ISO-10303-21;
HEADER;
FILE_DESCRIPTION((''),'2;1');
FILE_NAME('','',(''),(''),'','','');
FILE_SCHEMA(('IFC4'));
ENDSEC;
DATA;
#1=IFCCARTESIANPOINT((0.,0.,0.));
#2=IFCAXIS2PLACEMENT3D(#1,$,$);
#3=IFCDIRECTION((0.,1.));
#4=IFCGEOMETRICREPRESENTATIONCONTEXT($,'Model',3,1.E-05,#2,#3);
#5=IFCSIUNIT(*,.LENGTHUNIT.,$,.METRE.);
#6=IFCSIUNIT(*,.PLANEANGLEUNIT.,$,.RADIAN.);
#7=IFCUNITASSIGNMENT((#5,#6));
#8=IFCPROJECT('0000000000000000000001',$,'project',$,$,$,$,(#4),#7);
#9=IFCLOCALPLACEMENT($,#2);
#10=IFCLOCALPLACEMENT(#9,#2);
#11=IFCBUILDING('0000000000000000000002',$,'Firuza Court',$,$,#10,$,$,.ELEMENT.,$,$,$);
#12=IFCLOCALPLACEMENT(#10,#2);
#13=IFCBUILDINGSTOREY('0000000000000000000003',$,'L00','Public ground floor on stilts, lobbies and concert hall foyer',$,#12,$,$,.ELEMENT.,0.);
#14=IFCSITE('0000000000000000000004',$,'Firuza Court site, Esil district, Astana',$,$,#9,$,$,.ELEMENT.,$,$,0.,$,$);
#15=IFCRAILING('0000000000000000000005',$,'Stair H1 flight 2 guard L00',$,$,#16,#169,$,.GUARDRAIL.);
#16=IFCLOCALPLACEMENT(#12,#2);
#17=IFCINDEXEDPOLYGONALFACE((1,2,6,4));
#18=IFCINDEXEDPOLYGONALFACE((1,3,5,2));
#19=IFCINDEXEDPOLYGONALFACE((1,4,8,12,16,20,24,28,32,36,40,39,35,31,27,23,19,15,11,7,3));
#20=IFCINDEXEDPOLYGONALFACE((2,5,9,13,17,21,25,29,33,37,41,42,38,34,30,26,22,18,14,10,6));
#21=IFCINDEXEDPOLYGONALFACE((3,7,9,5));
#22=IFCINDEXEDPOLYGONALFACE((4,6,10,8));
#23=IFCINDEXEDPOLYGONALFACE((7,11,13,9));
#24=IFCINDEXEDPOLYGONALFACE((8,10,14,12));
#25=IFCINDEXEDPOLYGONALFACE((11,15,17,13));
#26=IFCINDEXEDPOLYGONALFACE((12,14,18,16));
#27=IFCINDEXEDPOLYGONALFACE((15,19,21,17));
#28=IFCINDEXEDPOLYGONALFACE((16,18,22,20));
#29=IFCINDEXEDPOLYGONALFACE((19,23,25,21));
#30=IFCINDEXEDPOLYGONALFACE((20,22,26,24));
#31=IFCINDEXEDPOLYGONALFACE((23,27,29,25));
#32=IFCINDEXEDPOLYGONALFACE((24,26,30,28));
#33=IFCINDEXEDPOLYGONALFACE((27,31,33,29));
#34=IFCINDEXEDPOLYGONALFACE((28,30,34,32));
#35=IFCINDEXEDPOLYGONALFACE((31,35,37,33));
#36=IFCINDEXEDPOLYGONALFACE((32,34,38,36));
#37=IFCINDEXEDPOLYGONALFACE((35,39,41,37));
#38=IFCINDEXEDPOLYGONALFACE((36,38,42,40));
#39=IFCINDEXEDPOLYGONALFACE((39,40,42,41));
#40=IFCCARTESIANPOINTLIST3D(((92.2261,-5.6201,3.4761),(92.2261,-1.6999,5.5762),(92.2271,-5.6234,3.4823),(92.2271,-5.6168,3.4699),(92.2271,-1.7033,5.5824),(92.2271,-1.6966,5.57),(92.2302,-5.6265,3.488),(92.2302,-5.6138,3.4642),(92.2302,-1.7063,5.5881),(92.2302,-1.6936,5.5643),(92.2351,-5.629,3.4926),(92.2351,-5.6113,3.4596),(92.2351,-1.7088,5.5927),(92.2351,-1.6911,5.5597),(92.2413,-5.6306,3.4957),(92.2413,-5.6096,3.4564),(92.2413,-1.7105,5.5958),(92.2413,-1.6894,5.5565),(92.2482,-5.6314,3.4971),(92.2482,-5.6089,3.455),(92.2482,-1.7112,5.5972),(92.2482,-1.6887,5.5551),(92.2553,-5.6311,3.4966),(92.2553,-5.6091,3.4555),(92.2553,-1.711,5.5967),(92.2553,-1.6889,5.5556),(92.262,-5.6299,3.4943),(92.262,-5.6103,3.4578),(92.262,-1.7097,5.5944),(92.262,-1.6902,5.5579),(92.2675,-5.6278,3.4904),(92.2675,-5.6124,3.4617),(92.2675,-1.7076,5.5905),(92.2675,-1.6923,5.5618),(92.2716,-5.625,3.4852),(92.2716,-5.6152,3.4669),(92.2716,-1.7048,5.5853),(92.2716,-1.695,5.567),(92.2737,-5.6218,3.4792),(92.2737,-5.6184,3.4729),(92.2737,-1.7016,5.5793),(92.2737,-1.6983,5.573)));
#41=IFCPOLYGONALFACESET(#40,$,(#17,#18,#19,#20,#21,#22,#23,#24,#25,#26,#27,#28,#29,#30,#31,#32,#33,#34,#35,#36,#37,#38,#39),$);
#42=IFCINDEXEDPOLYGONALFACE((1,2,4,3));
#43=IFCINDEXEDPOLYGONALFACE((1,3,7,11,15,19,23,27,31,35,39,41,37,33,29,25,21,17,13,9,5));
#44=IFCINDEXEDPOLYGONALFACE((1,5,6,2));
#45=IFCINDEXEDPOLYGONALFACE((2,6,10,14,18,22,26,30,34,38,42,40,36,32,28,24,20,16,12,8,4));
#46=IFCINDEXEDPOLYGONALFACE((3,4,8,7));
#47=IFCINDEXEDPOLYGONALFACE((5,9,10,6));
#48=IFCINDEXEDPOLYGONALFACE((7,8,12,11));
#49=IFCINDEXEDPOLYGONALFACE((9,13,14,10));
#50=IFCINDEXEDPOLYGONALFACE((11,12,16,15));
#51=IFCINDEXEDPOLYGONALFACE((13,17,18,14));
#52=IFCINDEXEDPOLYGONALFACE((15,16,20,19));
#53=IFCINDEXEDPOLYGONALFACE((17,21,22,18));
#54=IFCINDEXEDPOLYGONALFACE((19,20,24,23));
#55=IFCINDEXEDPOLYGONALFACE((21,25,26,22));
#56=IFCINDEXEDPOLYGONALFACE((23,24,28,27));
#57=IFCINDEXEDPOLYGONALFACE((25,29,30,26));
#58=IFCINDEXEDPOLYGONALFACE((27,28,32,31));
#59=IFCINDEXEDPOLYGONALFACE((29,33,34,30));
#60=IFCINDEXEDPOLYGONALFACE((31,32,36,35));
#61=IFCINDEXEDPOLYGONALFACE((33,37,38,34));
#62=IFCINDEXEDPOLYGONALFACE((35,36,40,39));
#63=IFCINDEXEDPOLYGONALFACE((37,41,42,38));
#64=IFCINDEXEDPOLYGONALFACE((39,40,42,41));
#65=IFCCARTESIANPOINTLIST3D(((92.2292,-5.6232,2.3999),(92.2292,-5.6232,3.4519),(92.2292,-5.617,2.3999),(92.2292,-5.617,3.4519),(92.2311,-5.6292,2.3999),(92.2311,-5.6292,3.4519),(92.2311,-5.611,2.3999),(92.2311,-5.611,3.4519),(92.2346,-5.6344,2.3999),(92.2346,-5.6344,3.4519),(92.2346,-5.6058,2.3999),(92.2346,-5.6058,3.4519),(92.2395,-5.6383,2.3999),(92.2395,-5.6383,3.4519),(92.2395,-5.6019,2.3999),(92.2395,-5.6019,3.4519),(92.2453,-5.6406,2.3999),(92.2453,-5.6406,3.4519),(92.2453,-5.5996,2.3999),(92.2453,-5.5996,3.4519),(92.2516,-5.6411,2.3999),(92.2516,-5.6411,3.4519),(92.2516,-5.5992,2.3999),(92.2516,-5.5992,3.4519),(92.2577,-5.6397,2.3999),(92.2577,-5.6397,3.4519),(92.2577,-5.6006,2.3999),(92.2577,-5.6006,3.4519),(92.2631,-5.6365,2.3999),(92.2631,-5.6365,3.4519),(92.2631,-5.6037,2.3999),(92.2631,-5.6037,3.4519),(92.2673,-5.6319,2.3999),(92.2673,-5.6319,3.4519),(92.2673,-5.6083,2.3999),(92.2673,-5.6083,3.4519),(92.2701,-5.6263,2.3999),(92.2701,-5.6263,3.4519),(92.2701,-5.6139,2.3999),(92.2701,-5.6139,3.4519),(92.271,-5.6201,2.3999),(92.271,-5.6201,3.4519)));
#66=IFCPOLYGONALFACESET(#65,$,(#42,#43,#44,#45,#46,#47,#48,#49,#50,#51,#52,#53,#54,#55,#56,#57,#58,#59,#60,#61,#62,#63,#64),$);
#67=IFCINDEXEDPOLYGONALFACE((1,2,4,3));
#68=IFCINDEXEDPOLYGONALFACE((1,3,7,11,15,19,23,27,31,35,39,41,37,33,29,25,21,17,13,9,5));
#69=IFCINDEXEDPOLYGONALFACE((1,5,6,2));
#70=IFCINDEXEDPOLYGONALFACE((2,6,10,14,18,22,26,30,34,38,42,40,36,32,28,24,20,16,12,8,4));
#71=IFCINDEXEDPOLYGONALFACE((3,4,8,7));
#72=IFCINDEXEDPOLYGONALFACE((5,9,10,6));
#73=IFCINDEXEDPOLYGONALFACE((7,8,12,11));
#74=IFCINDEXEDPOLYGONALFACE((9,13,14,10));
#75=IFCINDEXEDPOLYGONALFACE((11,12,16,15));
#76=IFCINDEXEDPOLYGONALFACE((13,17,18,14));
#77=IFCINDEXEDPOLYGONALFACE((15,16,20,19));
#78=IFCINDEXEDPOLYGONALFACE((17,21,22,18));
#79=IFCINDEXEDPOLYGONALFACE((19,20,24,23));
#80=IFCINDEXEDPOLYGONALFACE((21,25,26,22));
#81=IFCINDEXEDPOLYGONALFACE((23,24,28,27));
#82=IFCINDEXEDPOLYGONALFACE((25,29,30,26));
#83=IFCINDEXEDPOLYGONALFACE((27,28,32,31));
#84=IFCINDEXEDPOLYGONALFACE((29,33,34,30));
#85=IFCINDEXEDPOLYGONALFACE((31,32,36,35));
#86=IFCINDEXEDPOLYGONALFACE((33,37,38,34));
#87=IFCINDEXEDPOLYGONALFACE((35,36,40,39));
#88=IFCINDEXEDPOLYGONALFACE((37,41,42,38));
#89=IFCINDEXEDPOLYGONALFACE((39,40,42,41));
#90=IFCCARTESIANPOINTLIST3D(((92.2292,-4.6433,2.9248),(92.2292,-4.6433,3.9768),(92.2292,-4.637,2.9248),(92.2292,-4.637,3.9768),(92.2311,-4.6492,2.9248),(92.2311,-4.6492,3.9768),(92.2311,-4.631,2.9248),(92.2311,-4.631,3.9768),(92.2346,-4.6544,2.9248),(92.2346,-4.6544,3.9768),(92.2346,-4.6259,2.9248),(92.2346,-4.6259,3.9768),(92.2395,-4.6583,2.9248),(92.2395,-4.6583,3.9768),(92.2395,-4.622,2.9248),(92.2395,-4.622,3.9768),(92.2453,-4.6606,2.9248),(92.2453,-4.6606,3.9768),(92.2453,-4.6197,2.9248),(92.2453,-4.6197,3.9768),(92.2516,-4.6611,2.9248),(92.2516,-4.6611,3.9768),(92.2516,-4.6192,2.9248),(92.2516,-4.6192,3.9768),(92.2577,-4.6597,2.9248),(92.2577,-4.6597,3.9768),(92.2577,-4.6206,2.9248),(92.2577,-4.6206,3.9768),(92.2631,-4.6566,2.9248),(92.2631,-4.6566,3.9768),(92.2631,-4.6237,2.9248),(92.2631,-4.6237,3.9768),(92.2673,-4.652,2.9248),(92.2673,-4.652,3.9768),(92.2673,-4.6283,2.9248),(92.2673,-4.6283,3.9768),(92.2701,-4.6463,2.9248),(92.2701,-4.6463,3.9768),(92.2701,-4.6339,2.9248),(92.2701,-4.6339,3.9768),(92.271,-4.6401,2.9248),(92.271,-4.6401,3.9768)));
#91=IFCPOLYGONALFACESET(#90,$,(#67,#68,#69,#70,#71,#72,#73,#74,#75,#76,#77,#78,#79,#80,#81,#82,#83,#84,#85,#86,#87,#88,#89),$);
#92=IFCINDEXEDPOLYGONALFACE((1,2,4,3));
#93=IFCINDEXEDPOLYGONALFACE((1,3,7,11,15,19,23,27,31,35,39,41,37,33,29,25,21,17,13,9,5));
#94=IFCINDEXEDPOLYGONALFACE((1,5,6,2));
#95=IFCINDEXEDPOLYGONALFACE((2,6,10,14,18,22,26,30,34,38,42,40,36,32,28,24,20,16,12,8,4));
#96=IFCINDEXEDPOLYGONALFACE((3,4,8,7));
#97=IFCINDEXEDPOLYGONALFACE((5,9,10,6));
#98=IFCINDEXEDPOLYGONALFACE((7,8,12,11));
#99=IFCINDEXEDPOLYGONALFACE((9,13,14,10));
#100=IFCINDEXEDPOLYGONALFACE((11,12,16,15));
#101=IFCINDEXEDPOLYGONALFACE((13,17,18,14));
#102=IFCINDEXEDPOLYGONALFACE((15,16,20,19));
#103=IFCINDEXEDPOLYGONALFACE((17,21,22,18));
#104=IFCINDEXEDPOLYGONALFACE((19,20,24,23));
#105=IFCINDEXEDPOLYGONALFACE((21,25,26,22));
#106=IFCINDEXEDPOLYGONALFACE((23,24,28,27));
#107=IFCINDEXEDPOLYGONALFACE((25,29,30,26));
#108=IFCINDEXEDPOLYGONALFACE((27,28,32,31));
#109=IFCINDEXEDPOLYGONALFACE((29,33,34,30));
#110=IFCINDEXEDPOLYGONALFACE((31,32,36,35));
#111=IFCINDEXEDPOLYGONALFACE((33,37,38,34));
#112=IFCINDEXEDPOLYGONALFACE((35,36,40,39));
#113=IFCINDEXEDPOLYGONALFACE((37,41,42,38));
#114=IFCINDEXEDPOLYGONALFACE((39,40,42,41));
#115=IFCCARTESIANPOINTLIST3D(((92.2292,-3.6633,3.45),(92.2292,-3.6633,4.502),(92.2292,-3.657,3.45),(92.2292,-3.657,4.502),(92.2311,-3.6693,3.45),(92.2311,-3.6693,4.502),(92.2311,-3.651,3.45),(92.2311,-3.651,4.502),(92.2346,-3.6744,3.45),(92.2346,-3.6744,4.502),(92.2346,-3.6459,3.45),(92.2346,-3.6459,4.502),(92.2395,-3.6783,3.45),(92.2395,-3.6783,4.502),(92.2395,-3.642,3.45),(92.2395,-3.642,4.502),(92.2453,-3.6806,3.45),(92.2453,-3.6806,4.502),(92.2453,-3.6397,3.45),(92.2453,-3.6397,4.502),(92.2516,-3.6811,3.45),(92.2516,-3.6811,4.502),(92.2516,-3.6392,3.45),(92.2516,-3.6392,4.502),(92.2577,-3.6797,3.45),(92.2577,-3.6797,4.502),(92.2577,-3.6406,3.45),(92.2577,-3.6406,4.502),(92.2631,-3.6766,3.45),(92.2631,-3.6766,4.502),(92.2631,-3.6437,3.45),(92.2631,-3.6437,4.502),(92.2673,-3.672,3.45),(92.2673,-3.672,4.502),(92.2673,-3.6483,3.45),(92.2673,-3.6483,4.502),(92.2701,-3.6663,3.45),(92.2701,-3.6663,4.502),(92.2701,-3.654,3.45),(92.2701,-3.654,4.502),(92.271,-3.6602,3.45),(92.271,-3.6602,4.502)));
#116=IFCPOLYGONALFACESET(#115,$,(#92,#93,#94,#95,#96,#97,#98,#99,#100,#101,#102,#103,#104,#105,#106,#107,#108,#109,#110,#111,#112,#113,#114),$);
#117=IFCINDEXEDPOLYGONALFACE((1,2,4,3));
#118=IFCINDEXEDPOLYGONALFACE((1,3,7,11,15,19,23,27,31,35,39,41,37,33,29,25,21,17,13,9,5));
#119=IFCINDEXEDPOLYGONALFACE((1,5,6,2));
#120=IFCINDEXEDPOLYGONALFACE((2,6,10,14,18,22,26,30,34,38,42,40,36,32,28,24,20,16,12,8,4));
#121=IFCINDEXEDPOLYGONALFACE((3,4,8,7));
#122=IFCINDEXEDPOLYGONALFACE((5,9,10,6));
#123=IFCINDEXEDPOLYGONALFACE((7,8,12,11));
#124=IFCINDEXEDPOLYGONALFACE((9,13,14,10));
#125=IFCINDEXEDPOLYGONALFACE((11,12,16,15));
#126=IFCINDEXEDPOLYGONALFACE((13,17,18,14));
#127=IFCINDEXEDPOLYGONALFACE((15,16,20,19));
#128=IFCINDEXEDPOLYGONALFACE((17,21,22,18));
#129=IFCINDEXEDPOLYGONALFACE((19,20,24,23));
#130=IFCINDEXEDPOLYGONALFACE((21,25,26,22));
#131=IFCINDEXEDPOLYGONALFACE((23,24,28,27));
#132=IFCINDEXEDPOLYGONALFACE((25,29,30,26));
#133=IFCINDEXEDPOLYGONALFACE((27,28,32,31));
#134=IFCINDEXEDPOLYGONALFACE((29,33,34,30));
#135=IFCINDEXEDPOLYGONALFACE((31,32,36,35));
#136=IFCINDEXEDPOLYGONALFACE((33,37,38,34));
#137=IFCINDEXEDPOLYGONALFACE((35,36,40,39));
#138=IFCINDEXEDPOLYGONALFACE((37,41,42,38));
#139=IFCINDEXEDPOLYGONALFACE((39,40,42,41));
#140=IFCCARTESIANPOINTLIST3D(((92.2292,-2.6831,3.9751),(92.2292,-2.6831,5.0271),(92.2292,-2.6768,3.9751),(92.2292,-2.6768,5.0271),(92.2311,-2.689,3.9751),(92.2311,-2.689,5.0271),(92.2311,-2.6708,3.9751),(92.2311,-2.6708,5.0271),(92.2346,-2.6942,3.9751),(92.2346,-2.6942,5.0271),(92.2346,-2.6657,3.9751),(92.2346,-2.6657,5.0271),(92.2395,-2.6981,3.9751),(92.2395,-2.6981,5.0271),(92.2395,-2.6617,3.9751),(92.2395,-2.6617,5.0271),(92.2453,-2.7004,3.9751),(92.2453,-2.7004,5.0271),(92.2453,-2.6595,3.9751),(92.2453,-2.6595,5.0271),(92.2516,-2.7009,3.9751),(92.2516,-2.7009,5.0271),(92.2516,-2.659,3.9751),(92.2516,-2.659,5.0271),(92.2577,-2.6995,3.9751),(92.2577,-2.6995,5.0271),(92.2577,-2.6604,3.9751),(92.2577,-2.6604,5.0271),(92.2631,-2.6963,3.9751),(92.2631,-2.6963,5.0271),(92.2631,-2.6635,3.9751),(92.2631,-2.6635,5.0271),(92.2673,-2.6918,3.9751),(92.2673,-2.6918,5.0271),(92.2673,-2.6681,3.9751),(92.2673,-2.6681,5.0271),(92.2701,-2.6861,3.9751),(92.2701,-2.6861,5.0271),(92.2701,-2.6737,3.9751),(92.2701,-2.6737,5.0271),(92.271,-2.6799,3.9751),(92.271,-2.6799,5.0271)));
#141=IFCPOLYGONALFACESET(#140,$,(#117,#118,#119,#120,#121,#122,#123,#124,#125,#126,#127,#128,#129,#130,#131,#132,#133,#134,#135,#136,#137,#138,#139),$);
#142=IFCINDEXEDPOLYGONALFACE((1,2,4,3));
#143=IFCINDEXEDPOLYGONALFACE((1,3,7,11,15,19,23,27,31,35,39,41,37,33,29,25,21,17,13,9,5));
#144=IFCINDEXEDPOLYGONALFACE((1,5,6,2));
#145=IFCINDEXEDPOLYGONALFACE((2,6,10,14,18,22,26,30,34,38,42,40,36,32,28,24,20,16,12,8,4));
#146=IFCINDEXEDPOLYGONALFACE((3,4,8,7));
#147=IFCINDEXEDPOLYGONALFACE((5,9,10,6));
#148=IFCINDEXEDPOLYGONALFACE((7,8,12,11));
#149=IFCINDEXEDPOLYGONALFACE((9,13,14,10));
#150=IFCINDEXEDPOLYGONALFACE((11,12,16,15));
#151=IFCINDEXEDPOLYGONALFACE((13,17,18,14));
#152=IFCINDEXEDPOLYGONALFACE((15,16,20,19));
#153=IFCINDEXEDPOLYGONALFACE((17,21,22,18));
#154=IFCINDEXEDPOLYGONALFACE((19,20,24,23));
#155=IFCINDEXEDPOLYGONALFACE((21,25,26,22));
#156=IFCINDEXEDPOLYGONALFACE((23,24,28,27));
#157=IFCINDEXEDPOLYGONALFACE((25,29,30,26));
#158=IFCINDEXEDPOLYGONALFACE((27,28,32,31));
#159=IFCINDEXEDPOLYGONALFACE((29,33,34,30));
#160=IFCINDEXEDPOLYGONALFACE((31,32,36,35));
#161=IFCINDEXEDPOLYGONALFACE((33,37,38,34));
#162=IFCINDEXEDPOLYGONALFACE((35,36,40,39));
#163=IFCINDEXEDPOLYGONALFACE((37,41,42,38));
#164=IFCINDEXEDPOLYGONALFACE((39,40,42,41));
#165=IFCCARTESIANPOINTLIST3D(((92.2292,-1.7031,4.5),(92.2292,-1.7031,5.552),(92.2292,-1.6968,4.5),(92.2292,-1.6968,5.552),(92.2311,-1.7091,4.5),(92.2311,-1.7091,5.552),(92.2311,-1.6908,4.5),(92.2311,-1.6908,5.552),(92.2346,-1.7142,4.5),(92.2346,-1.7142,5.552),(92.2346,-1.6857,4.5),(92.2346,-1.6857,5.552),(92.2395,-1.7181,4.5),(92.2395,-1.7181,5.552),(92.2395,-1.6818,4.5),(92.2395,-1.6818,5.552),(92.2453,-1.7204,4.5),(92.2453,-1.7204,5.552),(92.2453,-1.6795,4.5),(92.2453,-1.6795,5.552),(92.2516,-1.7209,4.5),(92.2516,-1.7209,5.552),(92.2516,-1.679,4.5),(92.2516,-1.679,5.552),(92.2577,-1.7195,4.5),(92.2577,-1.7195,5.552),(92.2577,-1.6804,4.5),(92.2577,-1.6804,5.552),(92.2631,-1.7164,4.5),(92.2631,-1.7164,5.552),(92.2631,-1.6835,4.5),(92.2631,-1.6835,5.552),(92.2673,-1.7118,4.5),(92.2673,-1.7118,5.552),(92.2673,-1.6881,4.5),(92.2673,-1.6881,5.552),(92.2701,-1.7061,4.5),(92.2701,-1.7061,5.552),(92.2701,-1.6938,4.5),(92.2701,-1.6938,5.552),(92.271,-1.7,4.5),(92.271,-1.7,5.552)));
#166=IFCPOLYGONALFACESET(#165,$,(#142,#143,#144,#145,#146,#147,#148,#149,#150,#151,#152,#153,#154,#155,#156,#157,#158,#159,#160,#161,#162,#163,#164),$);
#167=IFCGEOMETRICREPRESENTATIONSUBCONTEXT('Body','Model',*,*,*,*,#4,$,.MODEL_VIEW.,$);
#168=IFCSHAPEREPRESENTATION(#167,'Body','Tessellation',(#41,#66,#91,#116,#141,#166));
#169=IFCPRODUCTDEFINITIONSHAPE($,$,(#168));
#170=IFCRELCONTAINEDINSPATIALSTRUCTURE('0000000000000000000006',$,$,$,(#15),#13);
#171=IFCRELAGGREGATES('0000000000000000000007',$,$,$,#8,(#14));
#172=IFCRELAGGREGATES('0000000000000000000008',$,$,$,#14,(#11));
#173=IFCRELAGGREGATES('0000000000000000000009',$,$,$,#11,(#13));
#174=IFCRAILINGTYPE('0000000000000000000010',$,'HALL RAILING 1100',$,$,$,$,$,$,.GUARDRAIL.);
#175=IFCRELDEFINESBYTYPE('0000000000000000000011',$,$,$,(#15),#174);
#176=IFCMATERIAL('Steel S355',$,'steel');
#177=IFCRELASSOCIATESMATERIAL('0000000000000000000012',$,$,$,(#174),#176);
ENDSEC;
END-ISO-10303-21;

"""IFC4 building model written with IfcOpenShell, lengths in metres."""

from ifc_helpers import new_model, si_unit, direction, frame, origin, origin_2d, place, context, subcontext, project, spatial, circle, extrude, material, type_object, element, save


model = new_model("IFC4")

# Units and contexts
model_context = context("Model", 3, precision=1e-05, world=origin(), true_north=direction((0.0, 1.0)))
body_context = subcontext(model_context, "Body", "Model", "MODEL_VIEW")
ifc_project = project(units=[si_unit("LENGTHUNIT", "METRE"), si_unit("PLANEANGLEUNIT", "RADIAN")], contexts=[model_context])

# Site, building, storey
site_placement = place(None, origin())
site = spatial("IfcSite", under=ifc_project, at=site_placement, Name="Firuza Court site, Esil district, Astana", CompositionType="ELEMENT", RefElevation=0.0)
building_placement = place(site_placement, origin())
building = spatial("IfcBuilding", under=site, at=building_placement, Name="Firuza Court", CompositionType="ELEMENT")
storey_placement = place(building_placement, origin())
storey = spatial("IfcBuildingStorey", under=building, at=storey_placement, Name="L00", Description="Public ground floor on stilts, lobbies and concert hall foyer", CompositionType="ELEMENT", Elevation=0.0)

# Railing
ifc_material_1 = material(Name="Steel S355", Category="steel")
railing_type_1 = type_object("IfcRailingType", Name="HALL RAILING 1100", PredefinedType="GUARDRAIL", material=ifc_material_1)
railing_1_placement = place(storey_placement, frame((92.25, -5.6201, 2.3999)))
element("IfcRailing", 1, at=railing_1_placement, inside=storey, type_object=railing_type_1, Name="Stair H1 flight 2 guard L00", PredefinedType="GUARDRAIL", context=body_context, shape_type="SweptSolid", body=[
    extrude(circle(Radius=0.0239, at=origin_2d()), frame((0.0, 0.0, 1.0762), z_axis=(0.0, 0.881479, 0.472223), x_axis=(-1.0, 0.0, 0.0)), (0.0, 0.0, 1.0), 4.4473),
    extrude(circle(Radius=0.021, at=origin_2d()), origin(), (0.0, 0.0, 1.0), 1.052),
    extrude(circle(Radius=0.021, at=origin_2d()), frame((0.0, 0.98, 0.5249)), (0.0, 0.0, 1.0), 1.052),
    extrude(circle(Radius=0.021, at=origin_2d()), frame((0.0, 1.96, 1.05)), (0.0, 0.0, 1.0), 1.052),
    extrude(circle(Radius=0.021, at=origin_2d()), frame((0.0, 2.9402, 1.5752)), (0.0, 0.0, 1.0), 1.052),
    extrude(circle(Radius=0.021, at=origin_2d()), frame((0.0, 3.9202, 2.1001)), (0.0, 0.0, 1.0), 1.052),
])

save(model, "model.ifc")
